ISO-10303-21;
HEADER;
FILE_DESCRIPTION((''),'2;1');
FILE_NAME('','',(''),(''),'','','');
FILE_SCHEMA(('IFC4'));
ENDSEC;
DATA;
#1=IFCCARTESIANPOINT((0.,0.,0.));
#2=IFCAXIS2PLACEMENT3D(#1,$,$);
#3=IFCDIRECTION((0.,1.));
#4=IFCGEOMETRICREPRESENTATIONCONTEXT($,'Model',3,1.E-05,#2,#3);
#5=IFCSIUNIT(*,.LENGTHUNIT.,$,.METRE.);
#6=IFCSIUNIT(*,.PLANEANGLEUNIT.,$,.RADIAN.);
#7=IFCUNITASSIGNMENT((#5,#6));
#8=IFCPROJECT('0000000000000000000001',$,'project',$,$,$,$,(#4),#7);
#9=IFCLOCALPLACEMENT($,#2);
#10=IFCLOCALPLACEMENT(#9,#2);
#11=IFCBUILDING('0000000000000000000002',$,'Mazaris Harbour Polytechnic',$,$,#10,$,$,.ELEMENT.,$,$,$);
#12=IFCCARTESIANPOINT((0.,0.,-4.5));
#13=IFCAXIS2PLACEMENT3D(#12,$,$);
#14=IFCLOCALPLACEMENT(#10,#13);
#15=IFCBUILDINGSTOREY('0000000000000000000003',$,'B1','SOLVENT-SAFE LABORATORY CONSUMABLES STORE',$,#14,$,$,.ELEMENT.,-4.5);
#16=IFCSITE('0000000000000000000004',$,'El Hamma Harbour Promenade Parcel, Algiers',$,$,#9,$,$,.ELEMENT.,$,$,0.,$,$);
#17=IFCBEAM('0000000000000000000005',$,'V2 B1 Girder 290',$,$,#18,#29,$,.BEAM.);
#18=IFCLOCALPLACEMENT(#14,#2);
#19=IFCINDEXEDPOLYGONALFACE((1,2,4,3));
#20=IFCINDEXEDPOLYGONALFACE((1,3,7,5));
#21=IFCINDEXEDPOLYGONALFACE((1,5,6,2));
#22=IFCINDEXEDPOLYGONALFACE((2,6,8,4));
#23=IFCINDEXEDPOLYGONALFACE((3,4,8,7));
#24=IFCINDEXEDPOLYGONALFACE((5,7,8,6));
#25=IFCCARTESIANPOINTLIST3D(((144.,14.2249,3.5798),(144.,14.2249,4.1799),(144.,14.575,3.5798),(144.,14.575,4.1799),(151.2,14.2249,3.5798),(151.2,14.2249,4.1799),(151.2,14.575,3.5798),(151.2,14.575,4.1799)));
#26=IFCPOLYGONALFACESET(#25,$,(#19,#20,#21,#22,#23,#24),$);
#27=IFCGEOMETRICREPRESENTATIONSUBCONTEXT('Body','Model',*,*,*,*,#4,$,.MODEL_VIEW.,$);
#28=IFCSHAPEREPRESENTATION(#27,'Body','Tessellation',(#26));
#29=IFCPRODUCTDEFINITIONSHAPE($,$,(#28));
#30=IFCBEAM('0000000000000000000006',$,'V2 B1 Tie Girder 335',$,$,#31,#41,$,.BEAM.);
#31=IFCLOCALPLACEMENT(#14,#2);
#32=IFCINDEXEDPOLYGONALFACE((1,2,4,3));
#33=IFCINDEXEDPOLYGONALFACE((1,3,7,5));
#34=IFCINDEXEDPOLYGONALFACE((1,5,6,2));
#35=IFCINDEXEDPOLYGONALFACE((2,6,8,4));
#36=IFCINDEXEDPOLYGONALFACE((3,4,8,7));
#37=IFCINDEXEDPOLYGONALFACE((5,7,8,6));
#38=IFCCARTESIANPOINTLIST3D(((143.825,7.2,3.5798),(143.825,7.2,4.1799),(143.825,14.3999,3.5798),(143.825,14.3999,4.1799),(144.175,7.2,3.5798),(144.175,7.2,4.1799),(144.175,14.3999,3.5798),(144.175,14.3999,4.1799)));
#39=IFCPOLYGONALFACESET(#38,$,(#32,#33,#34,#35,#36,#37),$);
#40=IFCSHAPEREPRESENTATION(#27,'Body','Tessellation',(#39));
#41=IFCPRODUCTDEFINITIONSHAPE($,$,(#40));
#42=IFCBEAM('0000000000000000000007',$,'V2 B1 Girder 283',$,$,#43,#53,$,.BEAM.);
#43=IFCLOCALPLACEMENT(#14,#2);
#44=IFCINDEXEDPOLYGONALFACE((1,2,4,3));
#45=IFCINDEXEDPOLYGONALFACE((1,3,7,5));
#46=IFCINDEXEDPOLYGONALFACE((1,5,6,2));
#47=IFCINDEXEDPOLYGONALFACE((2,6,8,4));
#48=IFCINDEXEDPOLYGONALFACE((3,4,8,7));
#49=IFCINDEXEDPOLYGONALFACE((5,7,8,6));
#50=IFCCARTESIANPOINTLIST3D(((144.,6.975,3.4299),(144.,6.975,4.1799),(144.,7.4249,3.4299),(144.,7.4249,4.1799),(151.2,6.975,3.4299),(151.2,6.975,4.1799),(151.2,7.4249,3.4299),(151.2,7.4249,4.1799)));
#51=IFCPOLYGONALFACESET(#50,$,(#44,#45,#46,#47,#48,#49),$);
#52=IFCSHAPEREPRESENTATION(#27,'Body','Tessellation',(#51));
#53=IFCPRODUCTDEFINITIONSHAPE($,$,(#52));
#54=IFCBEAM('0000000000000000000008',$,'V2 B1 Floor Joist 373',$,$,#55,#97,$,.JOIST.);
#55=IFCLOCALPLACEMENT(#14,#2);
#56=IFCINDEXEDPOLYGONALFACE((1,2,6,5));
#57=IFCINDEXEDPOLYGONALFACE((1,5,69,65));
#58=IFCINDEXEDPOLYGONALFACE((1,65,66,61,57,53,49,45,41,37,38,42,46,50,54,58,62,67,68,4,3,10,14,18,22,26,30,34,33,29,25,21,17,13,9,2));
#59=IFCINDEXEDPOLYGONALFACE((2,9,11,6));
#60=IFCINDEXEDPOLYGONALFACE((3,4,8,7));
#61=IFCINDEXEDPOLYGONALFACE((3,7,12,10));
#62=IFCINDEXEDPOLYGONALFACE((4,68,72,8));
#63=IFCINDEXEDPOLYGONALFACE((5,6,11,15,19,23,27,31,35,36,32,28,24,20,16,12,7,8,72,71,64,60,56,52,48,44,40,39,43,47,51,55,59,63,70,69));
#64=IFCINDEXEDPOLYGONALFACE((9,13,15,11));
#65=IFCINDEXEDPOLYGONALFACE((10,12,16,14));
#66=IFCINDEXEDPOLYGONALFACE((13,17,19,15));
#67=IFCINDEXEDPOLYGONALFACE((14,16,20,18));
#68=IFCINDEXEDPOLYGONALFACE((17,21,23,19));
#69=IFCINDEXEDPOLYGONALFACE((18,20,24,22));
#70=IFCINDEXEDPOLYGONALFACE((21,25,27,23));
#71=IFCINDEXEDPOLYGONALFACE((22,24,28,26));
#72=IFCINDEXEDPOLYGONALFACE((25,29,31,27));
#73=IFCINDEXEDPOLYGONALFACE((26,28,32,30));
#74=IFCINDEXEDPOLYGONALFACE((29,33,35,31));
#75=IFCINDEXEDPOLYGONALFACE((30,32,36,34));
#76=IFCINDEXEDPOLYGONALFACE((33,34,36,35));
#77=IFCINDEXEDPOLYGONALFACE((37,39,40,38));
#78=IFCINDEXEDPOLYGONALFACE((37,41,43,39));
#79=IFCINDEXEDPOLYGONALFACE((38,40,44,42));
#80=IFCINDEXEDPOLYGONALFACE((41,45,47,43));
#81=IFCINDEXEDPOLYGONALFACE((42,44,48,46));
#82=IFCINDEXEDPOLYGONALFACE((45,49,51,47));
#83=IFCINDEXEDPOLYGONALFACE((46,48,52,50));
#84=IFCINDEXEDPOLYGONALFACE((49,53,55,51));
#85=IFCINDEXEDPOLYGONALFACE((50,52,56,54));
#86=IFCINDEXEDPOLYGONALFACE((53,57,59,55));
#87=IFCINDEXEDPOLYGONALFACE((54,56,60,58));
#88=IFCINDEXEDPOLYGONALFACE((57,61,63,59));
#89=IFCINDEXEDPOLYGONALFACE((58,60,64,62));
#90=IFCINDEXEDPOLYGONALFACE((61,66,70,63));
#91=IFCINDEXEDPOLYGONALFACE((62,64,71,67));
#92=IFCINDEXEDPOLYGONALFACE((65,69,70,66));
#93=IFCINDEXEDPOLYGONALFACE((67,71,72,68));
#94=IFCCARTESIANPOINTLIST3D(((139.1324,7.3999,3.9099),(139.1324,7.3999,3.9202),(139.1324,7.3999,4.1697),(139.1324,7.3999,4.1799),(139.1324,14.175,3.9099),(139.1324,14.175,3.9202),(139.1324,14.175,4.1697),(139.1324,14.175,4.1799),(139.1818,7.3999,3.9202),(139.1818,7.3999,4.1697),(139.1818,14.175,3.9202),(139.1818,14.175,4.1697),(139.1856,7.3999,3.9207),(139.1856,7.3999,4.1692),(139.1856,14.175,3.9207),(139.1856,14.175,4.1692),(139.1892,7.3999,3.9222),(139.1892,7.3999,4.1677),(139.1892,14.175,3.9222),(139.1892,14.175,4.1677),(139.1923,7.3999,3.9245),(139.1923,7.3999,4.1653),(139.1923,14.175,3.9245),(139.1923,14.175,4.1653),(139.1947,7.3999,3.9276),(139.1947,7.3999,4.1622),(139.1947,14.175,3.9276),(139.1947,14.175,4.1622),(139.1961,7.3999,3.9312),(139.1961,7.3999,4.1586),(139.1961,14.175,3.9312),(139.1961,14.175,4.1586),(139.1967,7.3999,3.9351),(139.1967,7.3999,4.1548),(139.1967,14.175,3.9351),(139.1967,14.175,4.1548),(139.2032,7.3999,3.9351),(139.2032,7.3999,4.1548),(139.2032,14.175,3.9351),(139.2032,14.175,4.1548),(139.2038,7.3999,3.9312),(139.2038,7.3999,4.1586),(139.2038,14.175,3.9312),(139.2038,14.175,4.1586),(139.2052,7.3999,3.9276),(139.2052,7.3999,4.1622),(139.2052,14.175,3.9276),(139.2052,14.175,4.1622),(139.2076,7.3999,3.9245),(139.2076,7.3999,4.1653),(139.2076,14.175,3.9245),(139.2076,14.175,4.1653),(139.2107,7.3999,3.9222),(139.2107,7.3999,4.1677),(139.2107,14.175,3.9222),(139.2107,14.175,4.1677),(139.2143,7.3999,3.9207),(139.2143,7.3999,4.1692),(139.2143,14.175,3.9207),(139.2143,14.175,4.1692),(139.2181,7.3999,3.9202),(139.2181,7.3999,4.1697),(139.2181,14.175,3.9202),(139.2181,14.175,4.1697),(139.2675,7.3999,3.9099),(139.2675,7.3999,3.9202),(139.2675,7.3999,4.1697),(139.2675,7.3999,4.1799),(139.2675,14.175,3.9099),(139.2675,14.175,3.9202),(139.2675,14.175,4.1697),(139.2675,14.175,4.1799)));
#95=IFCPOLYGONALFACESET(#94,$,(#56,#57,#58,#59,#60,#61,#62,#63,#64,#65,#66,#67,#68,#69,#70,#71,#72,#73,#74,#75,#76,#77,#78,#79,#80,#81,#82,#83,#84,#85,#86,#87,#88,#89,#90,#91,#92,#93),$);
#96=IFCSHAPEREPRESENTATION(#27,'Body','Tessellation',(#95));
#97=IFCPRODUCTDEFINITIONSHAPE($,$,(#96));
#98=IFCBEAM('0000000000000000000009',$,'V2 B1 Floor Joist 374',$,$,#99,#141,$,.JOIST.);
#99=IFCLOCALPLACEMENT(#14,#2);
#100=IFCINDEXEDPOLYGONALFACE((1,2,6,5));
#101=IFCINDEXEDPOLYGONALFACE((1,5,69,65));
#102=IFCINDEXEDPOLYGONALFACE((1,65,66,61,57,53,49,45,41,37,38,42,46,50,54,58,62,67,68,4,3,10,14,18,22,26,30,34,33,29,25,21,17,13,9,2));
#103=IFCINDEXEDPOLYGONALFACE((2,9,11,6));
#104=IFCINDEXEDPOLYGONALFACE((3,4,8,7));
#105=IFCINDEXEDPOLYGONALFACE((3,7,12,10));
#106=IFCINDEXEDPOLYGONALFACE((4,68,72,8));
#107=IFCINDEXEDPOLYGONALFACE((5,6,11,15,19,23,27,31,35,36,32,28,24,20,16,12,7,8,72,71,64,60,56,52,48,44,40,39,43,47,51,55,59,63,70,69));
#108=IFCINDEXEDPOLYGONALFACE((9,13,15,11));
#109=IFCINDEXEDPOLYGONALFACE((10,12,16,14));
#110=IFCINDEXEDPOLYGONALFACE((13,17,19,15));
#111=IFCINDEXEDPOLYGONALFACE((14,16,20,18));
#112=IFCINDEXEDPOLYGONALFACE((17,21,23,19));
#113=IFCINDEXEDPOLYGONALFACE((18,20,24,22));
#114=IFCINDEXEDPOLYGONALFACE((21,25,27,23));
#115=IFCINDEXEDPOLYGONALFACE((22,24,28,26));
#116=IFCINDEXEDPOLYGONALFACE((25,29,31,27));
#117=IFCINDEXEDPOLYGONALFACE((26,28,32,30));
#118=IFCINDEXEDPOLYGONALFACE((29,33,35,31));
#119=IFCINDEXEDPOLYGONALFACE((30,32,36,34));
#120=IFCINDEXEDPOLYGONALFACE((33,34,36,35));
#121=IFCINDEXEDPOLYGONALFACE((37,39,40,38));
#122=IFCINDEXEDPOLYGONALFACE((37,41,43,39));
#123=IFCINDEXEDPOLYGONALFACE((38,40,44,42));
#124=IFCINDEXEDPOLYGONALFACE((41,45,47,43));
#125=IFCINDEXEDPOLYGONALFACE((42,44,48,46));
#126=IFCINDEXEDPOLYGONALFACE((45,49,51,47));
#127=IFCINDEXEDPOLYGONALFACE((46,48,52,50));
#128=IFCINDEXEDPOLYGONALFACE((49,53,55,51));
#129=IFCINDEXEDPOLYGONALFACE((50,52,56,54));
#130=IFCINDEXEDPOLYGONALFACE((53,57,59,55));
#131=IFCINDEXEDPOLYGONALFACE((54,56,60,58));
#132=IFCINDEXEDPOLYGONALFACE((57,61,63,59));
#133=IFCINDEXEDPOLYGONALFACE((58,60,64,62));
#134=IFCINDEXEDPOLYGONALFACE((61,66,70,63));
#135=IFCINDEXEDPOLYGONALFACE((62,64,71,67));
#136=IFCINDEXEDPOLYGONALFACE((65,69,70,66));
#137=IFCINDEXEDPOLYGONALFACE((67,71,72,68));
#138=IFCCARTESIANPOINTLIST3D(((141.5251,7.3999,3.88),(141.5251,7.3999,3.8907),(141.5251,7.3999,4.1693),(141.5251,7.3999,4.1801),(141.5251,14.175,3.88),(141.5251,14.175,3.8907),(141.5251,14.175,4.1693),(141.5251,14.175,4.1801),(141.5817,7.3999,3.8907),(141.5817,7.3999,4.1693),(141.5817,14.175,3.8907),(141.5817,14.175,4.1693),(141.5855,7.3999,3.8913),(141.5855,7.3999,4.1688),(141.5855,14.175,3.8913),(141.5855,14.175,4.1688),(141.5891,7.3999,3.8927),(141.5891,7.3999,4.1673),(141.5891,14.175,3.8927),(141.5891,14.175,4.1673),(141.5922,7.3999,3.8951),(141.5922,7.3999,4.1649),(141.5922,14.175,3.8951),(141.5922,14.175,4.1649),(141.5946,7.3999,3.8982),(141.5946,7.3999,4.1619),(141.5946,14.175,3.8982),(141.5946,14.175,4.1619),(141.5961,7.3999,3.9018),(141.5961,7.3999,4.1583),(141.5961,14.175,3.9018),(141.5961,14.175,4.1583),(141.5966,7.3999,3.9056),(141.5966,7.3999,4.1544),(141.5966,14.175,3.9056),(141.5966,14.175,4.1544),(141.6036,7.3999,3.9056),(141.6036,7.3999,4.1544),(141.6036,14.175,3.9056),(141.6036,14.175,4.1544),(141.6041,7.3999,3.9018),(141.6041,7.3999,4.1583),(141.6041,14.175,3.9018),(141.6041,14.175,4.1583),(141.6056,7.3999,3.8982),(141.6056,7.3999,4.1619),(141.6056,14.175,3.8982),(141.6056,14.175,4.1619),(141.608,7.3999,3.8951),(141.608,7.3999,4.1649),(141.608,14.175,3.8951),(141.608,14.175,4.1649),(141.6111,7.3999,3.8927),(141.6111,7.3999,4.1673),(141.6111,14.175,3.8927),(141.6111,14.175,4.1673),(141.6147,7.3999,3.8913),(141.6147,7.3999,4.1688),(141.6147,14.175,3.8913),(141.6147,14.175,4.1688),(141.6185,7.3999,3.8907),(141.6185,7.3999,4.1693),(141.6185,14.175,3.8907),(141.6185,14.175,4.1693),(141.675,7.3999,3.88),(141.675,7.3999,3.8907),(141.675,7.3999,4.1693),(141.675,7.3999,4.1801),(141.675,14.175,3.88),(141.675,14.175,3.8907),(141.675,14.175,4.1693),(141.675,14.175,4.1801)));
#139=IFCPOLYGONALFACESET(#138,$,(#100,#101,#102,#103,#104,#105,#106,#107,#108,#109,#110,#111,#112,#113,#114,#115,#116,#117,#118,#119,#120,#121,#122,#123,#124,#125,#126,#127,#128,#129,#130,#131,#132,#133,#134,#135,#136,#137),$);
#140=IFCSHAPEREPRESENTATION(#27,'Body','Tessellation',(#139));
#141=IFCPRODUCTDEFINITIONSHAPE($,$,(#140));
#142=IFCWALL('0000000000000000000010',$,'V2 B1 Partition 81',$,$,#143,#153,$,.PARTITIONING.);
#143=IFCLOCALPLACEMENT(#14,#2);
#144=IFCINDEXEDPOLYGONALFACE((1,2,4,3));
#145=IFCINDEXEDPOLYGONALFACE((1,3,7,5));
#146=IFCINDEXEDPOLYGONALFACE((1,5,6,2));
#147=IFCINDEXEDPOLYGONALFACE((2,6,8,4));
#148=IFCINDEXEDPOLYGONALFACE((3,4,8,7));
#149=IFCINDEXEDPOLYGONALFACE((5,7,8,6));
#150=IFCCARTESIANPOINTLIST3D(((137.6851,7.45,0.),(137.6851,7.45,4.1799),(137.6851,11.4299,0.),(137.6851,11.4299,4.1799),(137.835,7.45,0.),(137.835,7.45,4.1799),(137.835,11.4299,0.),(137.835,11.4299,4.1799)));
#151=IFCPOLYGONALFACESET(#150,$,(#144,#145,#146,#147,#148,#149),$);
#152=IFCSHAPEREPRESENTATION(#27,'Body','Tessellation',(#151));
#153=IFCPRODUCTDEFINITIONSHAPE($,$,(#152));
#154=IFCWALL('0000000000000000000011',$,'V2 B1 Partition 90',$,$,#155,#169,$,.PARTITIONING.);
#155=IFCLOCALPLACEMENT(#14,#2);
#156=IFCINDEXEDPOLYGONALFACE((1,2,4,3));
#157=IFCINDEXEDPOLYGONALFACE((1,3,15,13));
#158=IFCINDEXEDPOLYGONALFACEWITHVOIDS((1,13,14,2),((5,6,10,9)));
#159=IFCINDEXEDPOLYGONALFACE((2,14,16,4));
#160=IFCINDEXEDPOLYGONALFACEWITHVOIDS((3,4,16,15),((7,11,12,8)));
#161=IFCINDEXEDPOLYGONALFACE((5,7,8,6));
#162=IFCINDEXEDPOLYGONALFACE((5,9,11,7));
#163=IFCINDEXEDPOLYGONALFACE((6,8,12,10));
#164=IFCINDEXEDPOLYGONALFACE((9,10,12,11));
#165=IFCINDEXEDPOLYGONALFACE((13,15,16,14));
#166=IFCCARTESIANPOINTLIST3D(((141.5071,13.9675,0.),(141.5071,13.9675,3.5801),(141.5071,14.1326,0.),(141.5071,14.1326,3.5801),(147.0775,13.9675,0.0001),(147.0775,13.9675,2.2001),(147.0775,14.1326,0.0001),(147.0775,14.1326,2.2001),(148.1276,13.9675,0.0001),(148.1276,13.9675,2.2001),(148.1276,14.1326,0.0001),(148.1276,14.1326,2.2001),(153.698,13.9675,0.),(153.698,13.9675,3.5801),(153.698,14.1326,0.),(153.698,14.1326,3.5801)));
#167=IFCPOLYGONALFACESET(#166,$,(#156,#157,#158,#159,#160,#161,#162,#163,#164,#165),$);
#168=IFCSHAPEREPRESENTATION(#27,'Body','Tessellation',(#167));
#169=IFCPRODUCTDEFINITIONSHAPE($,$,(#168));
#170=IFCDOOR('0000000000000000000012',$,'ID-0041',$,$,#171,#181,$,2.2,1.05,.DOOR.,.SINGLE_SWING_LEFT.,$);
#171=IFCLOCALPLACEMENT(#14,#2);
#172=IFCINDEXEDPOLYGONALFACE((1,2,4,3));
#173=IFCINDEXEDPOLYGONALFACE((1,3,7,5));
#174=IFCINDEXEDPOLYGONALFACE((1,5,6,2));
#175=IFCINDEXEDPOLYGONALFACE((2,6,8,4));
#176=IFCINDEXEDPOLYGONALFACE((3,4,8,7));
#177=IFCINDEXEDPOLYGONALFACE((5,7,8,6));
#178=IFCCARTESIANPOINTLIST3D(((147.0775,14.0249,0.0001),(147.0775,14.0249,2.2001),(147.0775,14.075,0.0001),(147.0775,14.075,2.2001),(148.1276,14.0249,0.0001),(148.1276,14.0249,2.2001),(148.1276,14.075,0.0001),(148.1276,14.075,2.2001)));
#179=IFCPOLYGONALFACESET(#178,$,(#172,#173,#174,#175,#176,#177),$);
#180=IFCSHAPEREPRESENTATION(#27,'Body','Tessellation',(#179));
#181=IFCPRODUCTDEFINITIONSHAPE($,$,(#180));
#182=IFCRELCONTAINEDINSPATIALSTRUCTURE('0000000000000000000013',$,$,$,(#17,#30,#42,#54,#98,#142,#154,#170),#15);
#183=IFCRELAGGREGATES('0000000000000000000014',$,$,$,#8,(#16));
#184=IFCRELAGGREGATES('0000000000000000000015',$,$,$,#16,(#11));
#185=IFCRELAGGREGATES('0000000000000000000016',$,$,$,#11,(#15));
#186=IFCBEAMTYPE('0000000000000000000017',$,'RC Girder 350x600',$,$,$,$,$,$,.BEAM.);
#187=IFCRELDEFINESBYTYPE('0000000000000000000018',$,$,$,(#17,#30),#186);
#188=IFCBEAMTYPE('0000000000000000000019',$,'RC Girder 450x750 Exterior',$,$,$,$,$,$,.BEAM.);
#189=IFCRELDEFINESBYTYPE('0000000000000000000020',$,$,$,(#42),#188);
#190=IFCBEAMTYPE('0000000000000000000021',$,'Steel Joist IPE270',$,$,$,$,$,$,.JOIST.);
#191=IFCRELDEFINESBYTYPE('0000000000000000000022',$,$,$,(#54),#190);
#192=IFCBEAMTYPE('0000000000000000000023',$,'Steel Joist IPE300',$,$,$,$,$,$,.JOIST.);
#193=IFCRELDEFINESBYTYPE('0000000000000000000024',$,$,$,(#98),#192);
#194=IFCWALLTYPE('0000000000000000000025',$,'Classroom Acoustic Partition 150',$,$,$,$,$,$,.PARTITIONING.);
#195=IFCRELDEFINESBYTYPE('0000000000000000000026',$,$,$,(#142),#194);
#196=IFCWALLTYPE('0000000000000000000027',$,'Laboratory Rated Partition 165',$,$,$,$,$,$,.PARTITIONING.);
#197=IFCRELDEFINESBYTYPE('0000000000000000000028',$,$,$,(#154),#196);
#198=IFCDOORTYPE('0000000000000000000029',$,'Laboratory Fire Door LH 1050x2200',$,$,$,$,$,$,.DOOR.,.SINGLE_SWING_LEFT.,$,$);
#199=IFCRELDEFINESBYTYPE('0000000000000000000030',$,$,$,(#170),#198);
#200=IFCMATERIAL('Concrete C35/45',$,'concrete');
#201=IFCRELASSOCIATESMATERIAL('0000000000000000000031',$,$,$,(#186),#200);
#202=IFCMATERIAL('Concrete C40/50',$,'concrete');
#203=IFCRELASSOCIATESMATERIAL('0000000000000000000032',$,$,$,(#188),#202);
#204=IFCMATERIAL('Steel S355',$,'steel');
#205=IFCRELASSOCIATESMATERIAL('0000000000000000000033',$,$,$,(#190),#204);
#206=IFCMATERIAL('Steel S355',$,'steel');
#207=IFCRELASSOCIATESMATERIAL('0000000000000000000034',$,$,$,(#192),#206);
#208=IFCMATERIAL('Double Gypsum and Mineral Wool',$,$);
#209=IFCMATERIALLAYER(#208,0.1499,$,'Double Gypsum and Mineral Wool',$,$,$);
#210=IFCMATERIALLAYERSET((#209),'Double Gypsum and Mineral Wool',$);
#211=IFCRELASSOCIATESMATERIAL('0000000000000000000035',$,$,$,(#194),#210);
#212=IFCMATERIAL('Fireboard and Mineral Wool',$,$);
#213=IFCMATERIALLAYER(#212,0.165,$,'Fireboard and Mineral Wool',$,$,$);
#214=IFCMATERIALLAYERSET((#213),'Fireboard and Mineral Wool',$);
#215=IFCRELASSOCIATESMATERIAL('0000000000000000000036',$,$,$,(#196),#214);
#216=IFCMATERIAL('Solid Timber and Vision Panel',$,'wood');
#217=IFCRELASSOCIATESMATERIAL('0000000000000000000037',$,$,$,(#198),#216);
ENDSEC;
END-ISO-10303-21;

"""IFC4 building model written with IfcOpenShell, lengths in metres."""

from ifc_helpers import new_model, si_unit, direction, frame, frame_2d, origin, origin_2d, place, context, subcontext, project, spatial, rectangle, i_section, extrude, material, layer, layer_set, material_profile, profile_set, type_object, element, fill, save


model = new_model("IFC4")

# Units and contexts
model_context = context("Model", 3, precision=1e-05, world=origin(), true_north=direction((0.0, 1.0)))
body_context = subcontext(model_context, "Body", "Model", "MODEL_VIEW")
ifc_project = project(units=[si_unit("LENGTHUNIT", "METRE"), si_unit("PLANEANGLEUNIT", "RADIAN")], contexts=[model_context])

# Site, building, storey
site_placement = place(None, origin())
site = spatial("IfcSite", under=ifc_project, at=site_placement, Name="El Hamma Harbour Promenade Parcel, Algiers", CompositionType="ELEMENT", RefElevation=0.0)
building_placement = place(site_placement, origin())
building = spatial("IfcBuilding", under=site, at=building_placement, Name="Mazaris Harbour Polytechnic", CompositionType="ELEMENT")
storey_placement = place(building_placement, frame((0.0, 0.0, -4.5)))
storey = spatial("IfcBuildingStorey", under=building, at=storey_placement, Name="B1", Description="SOLVENT-SAFE LABORATORY CONSUMABLES STORE", CompositionType="ELEMENT", Elevation=-4.5)

# Beams
ifc_material_1 = material(Name="Concrete C35/45", Category="concrete")
ifc_material_profile_1 = material_profile(ifc_material_1, rectangle(XDim=0.3501, YDim=0.6001, at=origin_2d()), Name="RECT350x600")
ifc_profile_set_1 = profile_set([ifc_material_profile_1], Name="Concrete C35/45")
beam_type_1 = type_object("IfcBeamType", Name="RC Girder 350x600", PredefinedType="BEAM", material=ifc_profile_set_1)
for number, where, z_axis, x_axis, name in (
    (1, (144.0, 14.3999, 3.8799), (1.0, 0.0, 0.0), (0.0, 1.0, 0.0), "V2 B1 Girder 290"),
    (2, (144.0, 7.2, 3.8799), (0.0, 1.0, 0.0), (-1.0, 0.0, 0.0), "V2 B1 Tie Girder 335"),
):
    element("IfcBeam", number, at=place(storey_placement, frame(where, z_axis=z_axis, x_axis=x_axis)), inside=storey, type_object=beam_type_1, Name=name, PredefinedType="BEAM", context=body_context, shape_type="SweptSolid", body=[
        extrude(rectangle(XDim=0.3501, YDim=0.6001, at=origin_2d()), origin(), (0.0, 0.0, 1.0), 7.2),
    ])
ifc_material_2 = material(Name="Concrete C40/50", Category="concrete")
ifc_material_profile_2 = material_profile(ifc_material_2, rectangle(XDim=0.45, YDim=0.75, at=origin_2d()), Name="RECT450x750")
ifc_profile_set_2 = profile_set([ifc_material_profile_2], Name="Concrete C40/50")
beam_type_2 = type_object("IfcBeamType", Name="RC Girder 450x750 Exterior", PredefinedType="BEAM", material=ifc_profile_set_2)
beam_1_placement = place(storey_placement, frame((144.0, 7.2, 3.8049), z_axis=(1.0, 0.0, 0.0), x_axis=(0.0, 1.0, 0.0)))
element("IfcBeam", 3, at=beam_1_placement, inside=storey, type_object=beam_type_2, Name="V2 B1 Girder 283", PredefinedType="BEAM", context=body_context, shape_type="SweptSolid", body=[
    extrude(rectangle(XDim=0.45, YDim=0.75, at=origin_2d()), origin(), (0.0, 0.0, 1.0), 7.2),
])
ifc_material_3 = material(Name="Steel S355", Category="steel")
ifc_material_profile_3 = material_profile(ifc_material_3, i_section(OverallWidth=0.135, OverallDepth=0.27, WebThickness=0.0066, FlangeThickness=0.0103, FilletRadius=0.0149, at=origin_2d()), Name="IPE 270")
ifc_profile_set_3 = profile_set([ifc_material_profile_3], Name="Steel S355")
beam_type_3 = type_object("IfcBeamType", Name="Steel Joist IPE270", PredefinedType="JOIST", material=ifc_profile_set_3)
beam_2_placement = place(storey_placement, frame((139.2, 7.3999, 4.0449), z_axis=(0.0, 1.0, 0.0), x_axis=(-1.0, 0.0, 0.0)))
element("IfcBeam", 4, at=beam_2_placement, inside=storey, type_object=beam_type_3, Name="V2 B1 Floor Joist 373", PredefinedType="JOIST", context=body_context, shape_type="SweptSolid", body=[
    extrude(i_section(OverallWidth=0.135, OverallDepth=0.27, WebThickness=0.0066, FlangeThickness=0.0103, FilletRadius=0.0149, at=origin_2d()), origin(), (0.0, 0.0, 1.0), 6.7751),
])
ifc_material_4 = material(Name="Steel S355", Category="steel")
ifc_material_profile_4 = material_profile(ifc_material_4, i_section(OverallWidth=0.1499, OverallDepth=0.3, WebThickness=0.0071, FlangeThickness=0.0107, FilletRadius=0.0149, at=origin_2d()), Name="IPE 300")
ifc_profile_set_4 = profile_set([ifc_material_profile_4], Name="Steel S355")
beam_type_4 = type_object("IfcBeamType", Name="Steel Joist IPE300", PredefinedType="JOIST", material=ifc_profile_set_4)
beam_3_placement = place(storey_placement, frame((141.6001, 7.3999, 4.03), z_axis=(0.0, 1.0, 0.0), x_axis=(-1.0, 0.0, 0.0)))
element("IfcBeam", 5, at=beam_3_placement, inside=storey, type_object=beam_type_4, Name="V2 B1 Floor Joist 374", PredefinedType="JOIST", context=body_context, shape_type="SweptSolid", body=[
    extrude(i_section(OverallWidth=0.1499, OverallDepth=0.3, WebThickness=0.0071, FlangeThickness=0.0107, FilletRadius=0.0149, at=origin_2d()), origin(), (0.0, 0.0, 1.0), 6.7751),
])

# Wall
ifc_material_5 = material(Name="Double Gypsum and Mineral Wool")
ifc_layer_1 = layer(ifc_material_5, 0.1499, Name="Double Gypsum and Mineral Wool")
ifc_layer_set_1 = layer_set([ifc_layer_1], Name="Double Gypsum and Mineral Wool")
wall_type_1 = type_object("IfcWallType", Name="Classroom Acoustic Partition 150", PredefinedType="PARTITIONING", material=ifc_layer_set_1)
wall_1_placement = place(storey_placement, frame((137.76, 7.45, 0.0), z_axis=(0.0, 0.0, 1.0), x_axis=(0.0, 1.0, 0.0)))
element("IfcWall", 6, at=wall_1_placement, inside=storey, type_object=wall_type_1, Name="V2 B1 Partition 81", PredefinedType="PARTITIONING", context=body_context, shape_type="SweptSolid", body=[
    extrude(rectangle(XDim=3.98, YDim=0.1499, at=frame_2d((1.99, 0.0))), origin(), (0.0, 0.0, 1.0), 4.1799),
])

# Wall, opening, door
ifc_material_6 = material(Name="Fireboard and Mineral Wool")
ifc_layer_2 = layer(ifc_material_6, 0.165, Name="Fireboard and Mineral Wool")
ifc_layer_set_2 = layer_set([ifc_layer_2], Name="Fireboard and Mineral Wool")
wall_type_2 = type_object("IfcWallType", Name="Laboratory Rated Partition 165", PredefinedType="PARTITIONING", material=ifc_layer_set_2)
wall_2_placement = place(storey_placement, frame((141.5071, 14.05, 0.0), z_axis=(0.0, 0.0, 1.0), x_axis=(1.0, 0.0, 0.0)))
wall_2 = element("IfcWall", 7, at=wall_2_placement, inside=storey, type_object=wall_type_2, Name="V2 B1 Partition 90", PredefinedType="PARTITIONING", context=body_context, shape_type="SweptSolid", body=[
    extrude(rectangle(XDim=12.1909, YDim=0.165, at=frame_2d((6.0955, 0.0))), origin(), (0.0, 0.0, 1.0), 3.5801),
])
opening_1_placement = place(wall_2_placement, frame((5.5706, 0.0, 0.0)))
opening_1 = element("IfcOpeningElement", 8, at=opening_1_placement, cuts=wall_2, PredefinedType="OPENING", context=body_context, shape_type="SweptSolid", body=[
    extrude(rectangle(XDim=1.05, YDim=2.2, at=frame_2d((0.5249, 1.1001))), frame((0.0, 0.0925, 0.0), z_axis=(0.0, -1.0, 0.0), x_axis=(1.0, 0.0, 0.0)), (0.0, 0.0, 1.0), 0.1851),
])
ifc_material_7 = material(Name="Solid Timber and Vision Panel", Category="wood")
door_type_1 = type_object("IfcDoorType", Name="Laboratory Fire Door LH 1050x2200", OperationType="SINGLE_SWING_LEFT", PredefinedType="DOOR", material=ifc_material_7)
door_1_placement = place(opening_1_placement, origin())
door_1 = element("IfcDoor", 9, at=door_1_placement, inside=storey, type_object=door_type_1, Name="ID-0041", OperationType="SINGLE_SWING_LEFT", OverallHeight=2.2, OverallWidth=1.05, PredefinedType="DOOR", context=body_context, shape_type="SweptSolid", body=[
    extrude(rectangle(XDim=1.05, YDim=2.2, at=frame_2d((0.5249, 1.1001))), frame((0.0, 0.0249, 0.0), z_axis=(0.0, -1.0, 0.0), x_axis=(1.0, 0.0, 0.0)), (0.0, 0.0, 1.0), 0.05),
])
fill(opening_1, door_1)

save(model, "model.ifc")
